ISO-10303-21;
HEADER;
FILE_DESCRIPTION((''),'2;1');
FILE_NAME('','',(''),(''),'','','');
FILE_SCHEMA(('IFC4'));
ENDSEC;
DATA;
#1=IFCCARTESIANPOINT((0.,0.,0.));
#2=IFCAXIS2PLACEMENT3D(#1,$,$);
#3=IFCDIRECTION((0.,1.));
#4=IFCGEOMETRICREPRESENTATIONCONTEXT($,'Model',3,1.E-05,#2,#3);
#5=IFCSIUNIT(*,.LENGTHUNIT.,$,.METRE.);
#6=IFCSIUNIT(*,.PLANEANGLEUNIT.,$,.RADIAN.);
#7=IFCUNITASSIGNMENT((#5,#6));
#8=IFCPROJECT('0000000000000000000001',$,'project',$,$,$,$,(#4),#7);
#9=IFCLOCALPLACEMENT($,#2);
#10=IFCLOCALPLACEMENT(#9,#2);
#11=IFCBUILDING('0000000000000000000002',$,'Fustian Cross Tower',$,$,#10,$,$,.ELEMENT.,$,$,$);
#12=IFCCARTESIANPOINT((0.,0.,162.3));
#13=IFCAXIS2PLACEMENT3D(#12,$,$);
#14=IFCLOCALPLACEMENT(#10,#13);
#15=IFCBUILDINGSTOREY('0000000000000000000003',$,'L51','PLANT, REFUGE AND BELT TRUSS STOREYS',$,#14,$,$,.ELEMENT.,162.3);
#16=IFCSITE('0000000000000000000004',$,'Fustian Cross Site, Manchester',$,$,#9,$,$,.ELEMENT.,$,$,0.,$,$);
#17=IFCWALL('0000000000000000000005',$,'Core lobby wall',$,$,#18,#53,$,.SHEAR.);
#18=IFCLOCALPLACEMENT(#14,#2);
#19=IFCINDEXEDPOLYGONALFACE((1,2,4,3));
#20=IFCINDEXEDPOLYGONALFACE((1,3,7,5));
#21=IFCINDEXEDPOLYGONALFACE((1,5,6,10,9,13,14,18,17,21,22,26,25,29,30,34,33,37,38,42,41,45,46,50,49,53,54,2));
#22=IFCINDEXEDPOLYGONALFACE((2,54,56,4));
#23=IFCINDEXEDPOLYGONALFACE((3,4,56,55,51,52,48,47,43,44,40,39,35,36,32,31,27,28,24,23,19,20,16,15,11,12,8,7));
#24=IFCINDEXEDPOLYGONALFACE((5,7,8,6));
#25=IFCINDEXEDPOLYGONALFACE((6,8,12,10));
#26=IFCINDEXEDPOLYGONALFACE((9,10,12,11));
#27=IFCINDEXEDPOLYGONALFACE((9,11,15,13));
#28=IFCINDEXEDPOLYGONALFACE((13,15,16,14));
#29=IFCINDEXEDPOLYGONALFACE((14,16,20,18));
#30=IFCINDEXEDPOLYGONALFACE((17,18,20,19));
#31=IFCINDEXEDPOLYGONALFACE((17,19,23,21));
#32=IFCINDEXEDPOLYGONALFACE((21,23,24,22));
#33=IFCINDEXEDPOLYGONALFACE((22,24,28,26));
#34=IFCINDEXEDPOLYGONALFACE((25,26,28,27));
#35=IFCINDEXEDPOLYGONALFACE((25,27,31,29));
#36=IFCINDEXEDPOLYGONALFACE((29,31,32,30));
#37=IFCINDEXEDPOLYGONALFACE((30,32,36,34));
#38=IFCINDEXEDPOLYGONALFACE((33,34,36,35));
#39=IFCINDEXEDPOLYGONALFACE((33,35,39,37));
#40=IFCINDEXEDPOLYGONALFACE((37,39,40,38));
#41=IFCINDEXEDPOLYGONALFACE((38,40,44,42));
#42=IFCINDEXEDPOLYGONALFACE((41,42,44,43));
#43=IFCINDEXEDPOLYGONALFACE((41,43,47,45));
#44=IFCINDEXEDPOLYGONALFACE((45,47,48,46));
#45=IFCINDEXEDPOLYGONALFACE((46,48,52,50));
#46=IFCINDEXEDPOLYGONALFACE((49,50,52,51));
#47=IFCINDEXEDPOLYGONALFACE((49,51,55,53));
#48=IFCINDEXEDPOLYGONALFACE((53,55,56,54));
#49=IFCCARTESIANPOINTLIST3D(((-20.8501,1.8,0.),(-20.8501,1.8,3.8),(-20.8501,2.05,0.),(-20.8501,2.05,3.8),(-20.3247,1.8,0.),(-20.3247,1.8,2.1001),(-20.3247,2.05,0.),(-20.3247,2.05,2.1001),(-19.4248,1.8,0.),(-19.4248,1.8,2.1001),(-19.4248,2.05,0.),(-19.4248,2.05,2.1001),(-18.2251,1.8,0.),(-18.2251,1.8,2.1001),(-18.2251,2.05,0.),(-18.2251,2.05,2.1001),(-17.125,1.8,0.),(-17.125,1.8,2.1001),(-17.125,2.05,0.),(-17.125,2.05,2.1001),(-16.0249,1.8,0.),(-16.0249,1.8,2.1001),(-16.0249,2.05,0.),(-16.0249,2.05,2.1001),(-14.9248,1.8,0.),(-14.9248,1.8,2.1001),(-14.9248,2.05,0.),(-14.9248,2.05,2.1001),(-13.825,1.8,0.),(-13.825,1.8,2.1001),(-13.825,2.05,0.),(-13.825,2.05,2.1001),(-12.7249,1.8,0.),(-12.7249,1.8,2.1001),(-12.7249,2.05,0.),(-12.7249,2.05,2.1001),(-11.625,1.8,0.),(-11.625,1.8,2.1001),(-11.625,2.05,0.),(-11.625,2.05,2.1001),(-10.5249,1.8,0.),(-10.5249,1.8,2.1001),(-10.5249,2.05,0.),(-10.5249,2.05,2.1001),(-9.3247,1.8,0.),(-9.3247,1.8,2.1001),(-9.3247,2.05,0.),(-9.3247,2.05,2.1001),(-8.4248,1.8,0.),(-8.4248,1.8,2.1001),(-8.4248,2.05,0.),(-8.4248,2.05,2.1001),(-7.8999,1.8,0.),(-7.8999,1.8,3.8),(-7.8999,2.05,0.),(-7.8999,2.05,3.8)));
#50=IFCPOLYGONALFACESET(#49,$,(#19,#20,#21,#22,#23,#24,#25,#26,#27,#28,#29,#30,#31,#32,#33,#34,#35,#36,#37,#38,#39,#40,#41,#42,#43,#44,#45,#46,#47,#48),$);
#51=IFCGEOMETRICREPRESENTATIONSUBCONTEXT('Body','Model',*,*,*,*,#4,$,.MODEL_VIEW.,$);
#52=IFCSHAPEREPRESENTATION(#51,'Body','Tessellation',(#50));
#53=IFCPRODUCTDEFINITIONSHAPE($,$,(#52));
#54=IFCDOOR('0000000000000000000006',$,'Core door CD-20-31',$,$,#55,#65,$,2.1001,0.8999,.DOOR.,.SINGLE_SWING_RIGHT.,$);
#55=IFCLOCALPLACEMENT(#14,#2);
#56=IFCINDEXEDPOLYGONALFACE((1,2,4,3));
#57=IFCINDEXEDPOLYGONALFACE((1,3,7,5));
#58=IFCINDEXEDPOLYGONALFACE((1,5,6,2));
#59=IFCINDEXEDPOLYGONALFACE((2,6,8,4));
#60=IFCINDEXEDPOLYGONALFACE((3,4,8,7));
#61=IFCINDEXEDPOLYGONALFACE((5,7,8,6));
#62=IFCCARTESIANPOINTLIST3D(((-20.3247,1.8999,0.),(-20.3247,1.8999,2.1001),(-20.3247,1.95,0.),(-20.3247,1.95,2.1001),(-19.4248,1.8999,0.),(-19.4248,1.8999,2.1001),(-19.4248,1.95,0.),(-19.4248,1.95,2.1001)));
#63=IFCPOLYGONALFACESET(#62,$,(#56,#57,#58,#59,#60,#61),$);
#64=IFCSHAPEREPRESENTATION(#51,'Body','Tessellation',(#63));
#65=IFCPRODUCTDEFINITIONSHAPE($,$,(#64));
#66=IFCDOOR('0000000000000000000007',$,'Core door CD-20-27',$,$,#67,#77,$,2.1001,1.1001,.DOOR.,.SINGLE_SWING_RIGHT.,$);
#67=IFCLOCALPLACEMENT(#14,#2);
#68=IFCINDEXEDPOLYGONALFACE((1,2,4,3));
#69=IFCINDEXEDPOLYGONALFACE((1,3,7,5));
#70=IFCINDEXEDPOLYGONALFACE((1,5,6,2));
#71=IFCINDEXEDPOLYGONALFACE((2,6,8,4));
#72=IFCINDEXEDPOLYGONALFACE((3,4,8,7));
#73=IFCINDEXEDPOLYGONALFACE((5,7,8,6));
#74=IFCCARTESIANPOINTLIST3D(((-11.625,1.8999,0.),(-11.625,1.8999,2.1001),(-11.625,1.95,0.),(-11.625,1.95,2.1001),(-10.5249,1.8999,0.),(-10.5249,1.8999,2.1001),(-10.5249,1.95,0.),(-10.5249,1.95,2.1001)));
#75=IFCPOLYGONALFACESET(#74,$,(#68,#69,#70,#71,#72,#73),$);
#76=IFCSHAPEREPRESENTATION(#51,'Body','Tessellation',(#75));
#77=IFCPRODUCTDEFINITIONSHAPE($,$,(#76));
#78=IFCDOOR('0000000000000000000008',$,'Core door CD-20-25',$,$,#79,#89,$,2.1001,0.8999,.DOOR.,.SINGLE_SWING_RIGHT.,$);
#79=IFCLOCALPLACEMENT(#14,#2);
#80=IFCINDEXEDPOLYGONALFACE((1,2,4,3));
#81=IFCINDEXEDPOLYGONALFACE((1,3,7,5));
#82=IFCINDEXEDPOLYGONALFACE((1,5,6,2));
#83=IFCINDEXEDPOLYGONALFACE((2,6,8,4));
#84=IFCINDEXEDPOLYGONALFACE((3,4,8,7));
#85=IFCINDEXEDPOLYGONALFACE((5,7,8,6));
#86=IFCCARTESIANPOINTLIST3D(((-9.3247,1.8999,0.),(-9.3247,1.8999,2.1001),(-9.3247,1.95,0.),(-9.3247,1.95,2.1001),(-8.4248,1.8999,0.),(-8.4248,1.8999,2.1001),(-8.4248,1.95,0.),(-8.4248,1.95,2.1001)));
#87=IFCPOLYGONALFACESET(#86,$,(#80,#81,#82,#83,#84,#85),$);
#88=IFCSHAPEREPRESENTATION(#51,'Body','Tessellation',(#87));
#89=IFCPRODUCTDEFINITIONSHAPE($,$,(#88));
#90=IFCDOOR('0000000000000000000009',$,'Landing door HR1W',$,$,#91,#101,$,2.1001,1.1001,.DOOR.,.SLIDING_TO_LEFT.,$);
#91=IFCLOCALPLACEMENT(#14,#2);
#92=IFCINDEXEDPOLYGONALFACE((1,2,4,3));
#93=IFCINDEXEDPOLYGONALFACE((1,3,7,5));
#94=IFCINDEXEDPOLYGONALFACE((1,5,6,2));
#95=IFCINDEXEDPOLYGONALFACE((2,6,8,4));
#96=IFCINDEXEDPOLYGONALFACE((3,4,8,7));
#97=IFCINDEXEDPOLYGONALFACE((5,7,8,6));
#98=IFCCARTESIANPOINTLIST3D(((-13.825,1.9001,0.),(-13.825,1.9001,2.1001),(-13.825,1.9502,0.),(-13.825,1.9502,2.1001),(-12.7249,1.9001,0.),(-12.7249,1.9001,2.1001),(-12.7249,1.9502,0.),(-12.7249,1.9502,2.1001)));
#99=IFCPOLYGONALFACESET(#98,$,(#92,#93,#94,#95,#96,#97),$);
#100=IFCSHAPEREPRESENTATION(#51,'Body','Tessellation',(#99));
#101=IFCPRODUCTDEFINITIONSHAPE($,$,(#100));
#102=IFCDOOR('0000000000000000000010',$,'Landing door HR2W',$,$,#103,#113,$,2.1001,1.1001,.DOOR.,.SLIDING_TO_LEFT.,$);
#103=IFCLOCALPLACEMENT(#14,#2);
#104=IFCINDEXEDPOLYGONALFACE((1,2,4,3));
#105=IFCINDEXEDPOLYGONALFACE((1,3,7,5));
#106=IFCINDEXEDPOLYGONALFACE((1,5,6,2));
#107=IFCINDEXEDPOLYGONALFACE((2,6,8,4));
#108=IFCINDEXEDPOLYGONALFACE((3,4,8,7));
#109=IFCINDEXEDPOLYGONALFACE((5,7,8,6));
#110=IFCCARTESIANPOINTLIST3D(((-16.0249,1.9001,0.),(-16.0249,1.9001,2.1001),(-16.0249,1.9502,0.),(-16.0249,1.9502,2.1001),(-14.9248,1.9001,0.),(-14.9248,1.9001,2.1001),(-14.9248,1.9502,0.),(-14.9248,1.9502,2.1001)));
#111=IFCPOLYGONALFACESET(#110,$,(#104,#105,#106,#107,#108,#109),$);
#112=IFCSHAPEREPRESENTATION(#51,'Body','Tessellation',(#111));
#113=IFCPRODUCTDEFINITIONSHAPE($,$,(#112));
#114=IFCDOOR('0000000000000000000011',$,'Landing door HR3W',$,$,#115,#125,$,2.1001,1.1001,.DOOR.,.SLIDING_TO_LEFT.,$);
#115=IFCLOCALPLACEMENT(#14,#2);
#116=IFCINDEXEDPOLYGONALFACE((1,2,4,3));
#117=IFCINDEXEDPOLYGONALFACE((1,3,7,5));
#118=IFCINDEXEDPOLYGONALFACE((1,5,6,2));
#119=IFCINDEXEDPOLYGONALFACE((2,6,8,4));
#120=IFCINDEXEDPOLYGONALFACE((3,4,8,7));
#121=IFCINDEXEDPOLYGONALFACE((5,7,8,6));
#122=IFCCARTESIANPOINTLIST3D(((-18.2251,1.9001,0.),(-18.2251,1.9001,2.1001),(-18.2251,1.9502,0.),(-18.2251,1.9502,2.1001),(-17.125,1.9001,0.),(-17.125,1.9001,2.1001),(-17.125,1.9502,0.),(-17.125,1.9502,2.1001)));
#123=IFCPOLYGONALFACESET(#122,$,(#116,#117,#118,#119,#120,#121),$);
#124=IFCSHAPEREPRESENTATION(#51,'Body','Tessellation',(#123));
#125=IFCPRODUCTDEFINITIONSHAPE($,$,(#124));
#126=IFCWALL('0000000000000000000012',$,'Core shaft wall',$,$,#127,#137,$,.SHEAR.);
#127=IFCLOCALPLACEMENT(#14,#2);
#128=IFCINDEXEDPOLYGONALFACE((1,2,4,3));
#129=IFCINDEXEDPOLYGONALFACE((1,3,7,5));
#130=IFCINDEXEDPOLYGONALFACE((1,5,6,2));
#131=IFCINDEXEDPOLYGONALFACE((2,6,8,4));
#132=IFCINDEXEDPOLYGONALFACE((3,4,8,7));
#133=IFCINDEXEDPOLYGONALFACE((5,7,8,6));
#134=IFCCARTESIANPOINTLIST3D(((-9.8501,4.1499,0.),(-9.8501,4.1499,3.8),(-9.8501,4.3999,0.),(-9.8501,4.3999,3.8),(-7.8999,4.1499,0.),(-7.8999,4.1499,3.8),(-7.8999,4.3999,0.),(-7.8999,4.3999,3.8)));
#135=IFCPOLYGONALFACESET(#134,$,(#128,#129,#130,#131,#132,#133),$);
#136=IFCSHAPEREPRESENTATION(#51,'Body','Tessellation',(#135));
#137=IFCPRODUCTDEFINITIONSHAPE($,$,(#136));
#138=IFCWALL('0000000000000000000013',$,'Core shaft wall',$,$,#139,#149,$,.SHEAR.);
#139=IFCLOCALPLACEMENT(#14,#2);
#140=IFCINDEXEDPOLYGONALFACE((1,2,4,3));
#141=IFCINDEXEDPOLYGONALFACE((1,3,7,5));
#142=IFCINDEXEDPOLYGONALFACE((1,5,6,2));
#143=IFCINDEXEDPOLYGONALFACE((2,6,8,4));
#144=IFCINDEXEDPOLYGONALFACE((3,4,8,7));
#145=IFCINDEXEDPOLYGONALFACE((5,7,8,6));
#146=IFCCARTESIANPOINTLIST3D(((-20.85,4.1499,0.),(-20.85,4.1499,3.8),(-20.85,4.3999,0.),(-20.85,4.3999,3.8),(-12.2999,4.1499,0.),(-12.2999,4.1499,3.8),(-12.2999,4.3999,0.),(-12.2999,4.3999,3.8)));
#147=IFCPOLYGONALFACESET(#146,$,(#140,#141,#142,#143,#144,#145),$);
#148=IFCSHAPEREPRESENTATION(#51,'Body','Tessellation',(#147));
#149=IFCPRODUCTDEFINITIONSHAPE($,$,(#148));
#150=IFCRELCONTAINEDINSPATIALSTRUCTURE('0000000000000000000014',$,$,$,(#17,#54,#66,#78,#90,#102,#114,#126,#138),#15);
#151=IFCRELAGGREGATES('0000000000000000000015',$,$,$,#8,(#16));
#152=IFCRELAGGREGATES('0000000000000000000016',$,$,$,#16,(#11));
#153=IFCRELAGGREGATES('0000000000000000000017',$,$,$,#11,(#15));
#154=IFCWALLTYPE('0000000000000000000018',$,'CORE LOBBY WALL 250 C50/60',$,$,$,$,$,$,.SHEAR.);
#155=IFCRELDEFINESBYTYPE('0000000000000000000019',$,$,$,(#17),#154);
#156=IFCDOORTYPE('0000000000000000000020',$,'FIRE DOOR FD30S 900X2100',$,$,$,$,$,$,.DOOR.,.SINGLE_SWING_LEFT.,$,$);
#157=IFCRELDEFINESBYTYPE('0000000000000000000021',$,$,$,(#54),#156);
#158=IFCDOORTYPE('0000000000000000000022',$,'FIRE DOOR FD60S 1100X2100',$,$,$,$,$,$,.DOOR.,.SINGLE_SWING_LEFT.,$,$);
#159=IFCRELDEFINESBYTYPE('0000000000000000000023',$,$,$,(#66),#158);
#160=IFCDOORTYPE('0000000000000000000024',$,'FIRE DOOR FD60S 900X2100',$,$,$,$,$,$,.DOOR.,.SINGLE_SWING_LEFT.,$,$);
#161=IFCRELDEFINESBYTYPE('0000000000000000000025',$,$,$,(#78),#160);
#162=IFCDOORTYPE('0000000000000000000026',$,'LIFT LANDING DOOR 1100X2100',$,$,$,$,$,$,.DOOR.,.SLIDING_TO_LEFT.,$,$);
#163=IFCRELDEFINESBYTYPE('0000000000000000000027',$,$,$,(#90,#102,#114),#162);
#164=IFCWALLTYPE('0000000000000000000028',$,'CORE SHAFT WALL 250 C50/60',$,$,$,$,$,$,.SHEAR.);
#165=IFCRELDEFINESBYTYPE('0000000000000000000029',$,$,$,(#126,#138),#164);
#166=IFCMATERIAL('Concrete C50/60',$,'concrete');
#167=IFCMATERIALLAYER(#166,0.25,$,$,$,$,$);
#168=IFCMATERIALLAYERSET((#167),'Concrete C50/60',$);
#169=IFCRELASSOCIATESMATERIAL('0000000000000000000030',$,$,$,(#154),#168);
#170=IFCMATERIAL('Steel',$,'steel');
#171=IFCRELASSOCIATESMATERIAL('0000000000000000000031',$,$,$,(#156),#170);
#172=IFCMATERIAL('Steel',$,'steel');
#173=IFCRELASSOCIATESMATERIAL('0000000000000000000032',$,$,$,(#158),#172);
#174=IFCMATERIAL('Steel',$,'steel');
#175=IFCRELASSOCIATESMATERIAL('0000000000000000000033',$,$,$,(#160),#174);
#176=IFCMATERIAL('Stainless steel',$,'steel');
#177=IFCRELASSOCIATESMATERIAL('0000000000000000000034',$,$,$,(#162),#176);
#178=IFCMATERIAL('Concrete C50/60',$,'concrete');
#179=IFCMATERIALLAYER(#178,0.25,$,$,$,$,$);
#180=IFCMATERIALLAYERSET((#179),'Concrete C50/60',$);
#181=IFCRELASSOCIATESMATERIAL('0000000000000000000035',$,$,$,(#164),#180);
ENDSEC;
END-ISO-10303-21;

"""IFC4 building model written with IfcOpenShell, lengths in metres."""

from ifc_helpers import new_model, si_unit, direction, frame, frame_2d, origin, place, context, subcontext, project, spatial, rectangle, extrude, material, layer, layer_set, type_object, element, fill, save


model = new_model("IFC4")

# Units and contexts
model_context = context("Model", 3, precision=1e-05, world=origin(), true_north=direction((0.0, 1.0)))
body_context = subcontext(model_context, "Body", "Model", "MODEL_VIEW")
ifc_project = project(units=[si_unit("LENGTHUNIT", "METRE"), si_unit("PLANEANGLEUNIT", "RADIAN")], contexts=[model_context])

# Site, building, storey
site_placement = place(None, origin())
site = spatial("IfcSite", under=ifc_project, at=site_placement, Name="Fustian Cross Site, Manchester", CompositionType="ELEMENT", RefElevation=0.0)
building_placement = place(site_placement, origin())
building = spatial("IfcBuilding", under=site, at=building_placement, Name="Fustian Cross Tower", CompositionType="ELEMENT")
storey_placement = place(building_placement, frame((0.0, 0.0, 162.3)))
storey = spatial("IfcBuildingStorey", under=building, at=storey_placement, Name="L51", Description="PLANT, REFUGE AND BELT TRUSS STOREYS", CompositionType="ELEMENT", Elevation=162.3)

# Wall, openings, doors
ifc_material_1 = material(Name="Concrete C50/60", Category="concrete")
ifc_layer_1 = layer(ifc_material_1, 0.25)
ifc_layer_set_1 = layer_set([ifc_layer_1], Name="Concrete C50/60")
wall_type_1 = type_object("IfcWallType", Name="CORE LOBBY WALL 250 C50/60", PredefinedType="SHEAR", material=ifc_layer_set_1)
wall_1_placement = place(storey_placement, frame((-7.8999, 1.925, 0.0), z_axis=(0.0, 0.0, 1.0), x_axis=(-1.0, 0.0, 0.0)))
wall_1 = element("IfcWall", 1, at=wall_1_placement, inside=storey, type_object=wall_type_1, Name="Core lobby wall", PredefinedType="SHEAR", context=body_context, shape_type="SweptSolid", body=[
    extrude(rectangle(XDim=12.9502, YDim=0.25, at=frame_2d((6.4751, 0.0))), origin(), (0.0, 0.0, 1.0), 3.8),
])
opening_1_placement = place(wall_1_placement, frame((4.825, 0.0, 0.0)))
opening_1 = element("IfcOpeningElement", 2, at=opening_1_placement, cuts=wall_1, PredefinedType="OPENING", context=body_context, shape_type="SweptSolid", body=[
    extrude(rectangle(XDim=1.1001, YDim=2.1001, at=frame_2d((0.55, 1.05))), frame((0.0, 0.135, 0.0), z_axis=(0.0, -1.0, 0.0), x_axis=(1.0, 0.0, 0.0)), (0.0, 0.0, 1.0), 0.27),
])
opening_2_placement = place(wall_1_placement, frame((7.0249, 0.0, 0.0)))
opening_2 = element("IfcOpeningElement", 3, at=opening_2_placement, cuts=wall_1, PredefinedType="OPENING", context=body_context, shape_type="SweptSolid", body=[
    extrude(rectangle(XDim=1.1001, YDim=2.1001, at=frame_2d((0.55, 1.05))), frame((0.0, 0.135, 0.0), z_axis=(0.0, -1.0, 0.0), x_axis=(1.0, 0.0, 0.0)), (0.0, 0.0, 1.0), 0.27),
])
opening_3_placement = place(wall_1_placement, frame((9.2251, 0.0, 0.0)))
opening_3 = element("IfcOpeningElement", 4, at=opening_3_placement, cuts=wall_1, PredefinedType="OPENING", context=body_context, shape_type="SweptSolid", body=[
    extrude(rectangle(XDim=1.1001, YDim=2.1001, at=frame_2d((0.55, 1.05))), frame((0.0, 0.135, 0.0), z_axis=(0.0, -1.0, 0.0), x_axis=(1.0, 0.0, 0.0)), (0.0, 0.0, 1.0), 0.27),
])
opening_4_placement = place(wall_1_placement, frame((0.5249, 0.0, 0.0)))
opening_4 = element("IfcOpeningElement", 5, at=opening_4_placement, cuts=wall_1, PredefinedType="OPENING", context=body_context, shape_type="SweptSolid", body=[
    extrude(rectangle(XDim=0.8999, YDim=2.1001, at=frame_2d((0.45, 1.05))), frame((0.0, 0.135, 0.0), z_axis=(0.0, -1.0, 0.0), x_axis=(1.0, 0.0, 0.0)), (0.0, 0.0, 1.0), 0.27),
])
opening_5_placement = place(wall_1_placement, frame((2.625, 0.0, 0.0)))
opening_5 = element("IfcOpeningElement", 6, at=opening_5_placement, cuts=wall_1, PredefinedType="OPENING", context=body_context, shape_type="SweptSolid", body=[
    extrude(rectangle(XDim=1.1001, YDim=2.1001, at=frame_2d((0.55, 1.05))), frame((0.0, 0.135, 0.0), z_axis=(0.0, -1.0, 0.0), x_axis=(1.0, 0.0, 0.0)), (0.0, 0.0, 1.0), 0.27),
])
opening_6_placement = place(wall_1_placement, frame((11.5249, 0.0, 0.0)))
opening_6 = element("IfcOpeningElement", 7, at=opening_6_placement, cuts=wall_1, PredefinedType="OPENING", context=body_context, shape_type="SweptSolid", body=[
    extrude(rectangle(XDim=0.8999, YDim=2.1001, at=frame_2d((0.45, 1.05))), frame((0.0, 0.135, 0.0), z_axis=(0.0, -1.0, 0.0), x_axis=(1.0, 0.0, 0.0)), (0.0, 0.0, 1.0), 0.27),
])
ifc_material_2 = material(Name="Steel", Category="steel")
door_type_1 = type_object("IfcDoorType", Name="FIRE DOOR FD30S 900X2100", OperationType="SINGLE_SWING_LEFT", PredefinedType="DOOR", material=ifc_material_2)
door_1_placement = place(opening_6_placement, frame((0.8999, 0.0, 0.0), z_axis=(0.0, 0.0, 1.0), x_axis=(-1.0, 0.0, 0.0)))
door_1 = element("IfcDoor", 8, at=door_1_placement, inside=storey, type_object=door_type_1, Name="Core door CD-20-31", OperationType="SINGLE_SWING_RIGHT", OverallHeight=2.1001, OverallWidth=0.8999, PredefinedType="DOOR", context=body_context, shape_type="SweptSolid", body=[
    extrude(rectangle(XDim=0.8999, YDim=2.1001, at=frame_2d((0.45, 1.05))), frame((0.0, 0.0249, 0.0), z_axis=(0.0, -1.0, 0.0), x_axis=(1.0, 0.0, 0.0)), (0.0, 0.0, 1.0), 0.05),
])
fill(opening_6, door_1)
ifc_material_3 = material(Name="Steel", Category="steel")
door_type_2 = type_object("IfcDoorType", Name="FIRE DOOR FD60S 1100X2100", OperationType="SINGLE_SWING_LEFT", PredefinedType="DOOR", material=ifc_material_3)
door_2_placement = place(opening_5_placement, frame((1.1001, 0.0, 0.0), z_axis=(0.0, 0.0, 1.0), x_axis=(-1.0, 0.0, 0.0)))
door_2 = element("IfcDoor", 9, at=door_2_placement, inside=storey, type_object=door_type_2, Name="Core door CD-20-27", OperationType="SINGLE_SWING_RIGHT", OverallHeight=2.1001, OverallWidth=1.1001, PredefinedType="DOOR", context=body_context, shape_type="SweptSolid", body=[
    extrude(rectangle(XDim=1.1001, YDim=2.1001, at=frame_2d((0.55, 1.05))), frame((0.0, 0.0249, 0.0), z_axis=(0.0, -1.0, 0.0), x_axis=(1.0, 0.0, 0.0)), (0.0, 0.0, 1.0), 0.05),
])
fill(opening_5, door_2)
ifc_material_4 = material(Name="Steel", Category="steel")
door_type_3 = type_object("IfcDoorType", Name="FIRE DOOR FD60S 900X2100", OperationType="SINGLE_SWING_LEFT", PredefinedType="DOOR", material=ifc_material_4)
door_3_placement = place(opening_4_placement, frame((0.8999, 0.0, 0.0), z_axis=(0.0, 0.0, 1.0), x_axis=(-1.0, 0.0, 0.0)))
door_3 = element("IfcDoor", 10, at=door_3_placement, inside=storey, type_object=door_type_3, Name="Core door CD-20-25", OperationType="SINGLE_SWING_RIGHT", OverallHeight=2.1001, OverallWidth=0.8999, PredefinedType="DOOR", context=body_context, shape_type="SweptSolid", body=[
    extrude(rectangle(XDim=0.8999, YDim=2.1001, at=frame_2d((0.45, 1.05))), frame((0.0, 0.0249, 0.0), z_axis=(0.0, -1.0, 0.0), x_axis=(1.0, 0.0, 0.0)), (0.0, 0.0, 1.0), 0.05),
])
fill(opening_4, door_3)
ifc_material_5 = material(Name="Stainless steel", Category="steel")
door_type_4 = type_object("IfcDoorType", Name="LIFT LANDING DOOR 1100X2100", OperationType="SLIDING_TO_LEFT", PredefinedType="DOOR", material=ifc_material_5)
door_4_placement = place(opening_1_placement, origin())
door_4 = element("IfcDoor", 11, at=door_4_placement, inside=storey, type_object=door_type_4, Name="Landing door HR1W", OperationType="SLIDING_TO_LEFT", OverallHeight=2.1001, OverallWidth=1.1001, PredefinedType="DOOR", context=body_context, shape_type="SweptSolid", body=[
    extrude(rectangle(XDim=1.1001, YDim=2.1001, at=frame_2d((0.55, 1.05))), frame((0.0, 0.0249, 0.0), z_axis=(0.0, -1.0, 0.0), x_axis=(1.0, 0.0, 0.0)), (0.0, 0.0, 1.0), 0.05),
])
fill(opening_1, door_4)
door_5_placement = place(opening_2_placement, origin())
door_5 = element("IfcDoor", 12, at=door_5_placement, inside=storey, type_object=door_type_4, Name="Landing door HR2W", OperationType="SLIDING_TO_LEFT", OverallHeight=2.1001, OverallWidth=1.1001, PredefinedType="DOOR", context=body_context, shape_type="SweptSolid", body=[
    extrude(rectangle(XDim=1.1001, YDim=2.1001, at=frame_2d((0.55, 1.05))), frame((0.0, 0.0249, 0.0), z_axis=(0.0, -1.0, 0.0), x_axis=(1.0, 0.0, 0.0)), (0.0, 0.0, 1.0), 0.05),
])
fill(opening_2, door_5)
door_6_placement = place(opening_3_placement, origin())
door_6 = element("IfcDoor", 13, at=door_6_placement, inside=storey, type_object=door_type_4, Name="Landing door HR3W", OperationType="SLIDING_TO_LEFT", OverallHeight=2.1001, OverallWidth=1.1001, PredefinedType="DOOR", context=body_context, shape_type="SweptSolid", body=[
    extrude(rectangle(XDim=1.1001, YDim=2.1001, at=frame_2d((0.55, 1.05))), frame((0.0, 0.0249, 0.0), z_axis=(0.0, -1.0, 0.0), x_axis=(1.0, 0.0, 0.0)), (0.0, 0.0, 1.0), 0.05),
])
fill(opening_3, door_6)

# Walls
ifc_material_6 = material(Name="Concrete C50/60", Category="concrete")
ifc_layer_2 = layer(ifc_material_6, 0.25)
ifc_layer_set_2 = layer_set([ifc_layer_2], Name="Concrete C50/60")
wall_type_2 = type_object("IfcWallType", Name="CORE SHAFT WALL 250 C50/60", PredefinedType="SHEAR", material=ifc_layer_set_2)
wall_2_placement = place(storey_placement, frame((-7.8999, 4.2749, 0.0), z_axis=(0.0, 0.0, 1.0), x_axis=(-1.0, 0.0, 0.0)))
element("IfcWall", 14, at=wall_2_placement, inside=storey, type_object=wall_type_2, Name="Core shaft wall", PredefinedType="SHEAR", context=body_context, shape_type="SweptSolid", body=[
    extrude(rectangle(XDim=1.9502, YDim=0.25, at=frame_2d((0.9751, 0.0))), origin(), (0.0, 0.0, 1.0), 3.8),
])
wall_3_placement = place(storey_placement, frame((-12.3, 4.2749, 0.0), z_axis=(0.0, 0.0, 1.0), x_axis=(-1.0, 0.0, 0.0)))
element("IfcWall", 15, at=wall_3_placement, inside=storey, type_object=wall_type_2, Name="Core shaft wall", PredefinedType="SHEAR", context=body_context, shape_type="SweptSolid", body=[
    extrude(rectangle(XDim=8.55, YDim=0.25, at=frame_2d((4.2749, 0.0))), origin(), (0.0, 0.0, 1.0), 3.8),
])

save(model, "model.ifc")
